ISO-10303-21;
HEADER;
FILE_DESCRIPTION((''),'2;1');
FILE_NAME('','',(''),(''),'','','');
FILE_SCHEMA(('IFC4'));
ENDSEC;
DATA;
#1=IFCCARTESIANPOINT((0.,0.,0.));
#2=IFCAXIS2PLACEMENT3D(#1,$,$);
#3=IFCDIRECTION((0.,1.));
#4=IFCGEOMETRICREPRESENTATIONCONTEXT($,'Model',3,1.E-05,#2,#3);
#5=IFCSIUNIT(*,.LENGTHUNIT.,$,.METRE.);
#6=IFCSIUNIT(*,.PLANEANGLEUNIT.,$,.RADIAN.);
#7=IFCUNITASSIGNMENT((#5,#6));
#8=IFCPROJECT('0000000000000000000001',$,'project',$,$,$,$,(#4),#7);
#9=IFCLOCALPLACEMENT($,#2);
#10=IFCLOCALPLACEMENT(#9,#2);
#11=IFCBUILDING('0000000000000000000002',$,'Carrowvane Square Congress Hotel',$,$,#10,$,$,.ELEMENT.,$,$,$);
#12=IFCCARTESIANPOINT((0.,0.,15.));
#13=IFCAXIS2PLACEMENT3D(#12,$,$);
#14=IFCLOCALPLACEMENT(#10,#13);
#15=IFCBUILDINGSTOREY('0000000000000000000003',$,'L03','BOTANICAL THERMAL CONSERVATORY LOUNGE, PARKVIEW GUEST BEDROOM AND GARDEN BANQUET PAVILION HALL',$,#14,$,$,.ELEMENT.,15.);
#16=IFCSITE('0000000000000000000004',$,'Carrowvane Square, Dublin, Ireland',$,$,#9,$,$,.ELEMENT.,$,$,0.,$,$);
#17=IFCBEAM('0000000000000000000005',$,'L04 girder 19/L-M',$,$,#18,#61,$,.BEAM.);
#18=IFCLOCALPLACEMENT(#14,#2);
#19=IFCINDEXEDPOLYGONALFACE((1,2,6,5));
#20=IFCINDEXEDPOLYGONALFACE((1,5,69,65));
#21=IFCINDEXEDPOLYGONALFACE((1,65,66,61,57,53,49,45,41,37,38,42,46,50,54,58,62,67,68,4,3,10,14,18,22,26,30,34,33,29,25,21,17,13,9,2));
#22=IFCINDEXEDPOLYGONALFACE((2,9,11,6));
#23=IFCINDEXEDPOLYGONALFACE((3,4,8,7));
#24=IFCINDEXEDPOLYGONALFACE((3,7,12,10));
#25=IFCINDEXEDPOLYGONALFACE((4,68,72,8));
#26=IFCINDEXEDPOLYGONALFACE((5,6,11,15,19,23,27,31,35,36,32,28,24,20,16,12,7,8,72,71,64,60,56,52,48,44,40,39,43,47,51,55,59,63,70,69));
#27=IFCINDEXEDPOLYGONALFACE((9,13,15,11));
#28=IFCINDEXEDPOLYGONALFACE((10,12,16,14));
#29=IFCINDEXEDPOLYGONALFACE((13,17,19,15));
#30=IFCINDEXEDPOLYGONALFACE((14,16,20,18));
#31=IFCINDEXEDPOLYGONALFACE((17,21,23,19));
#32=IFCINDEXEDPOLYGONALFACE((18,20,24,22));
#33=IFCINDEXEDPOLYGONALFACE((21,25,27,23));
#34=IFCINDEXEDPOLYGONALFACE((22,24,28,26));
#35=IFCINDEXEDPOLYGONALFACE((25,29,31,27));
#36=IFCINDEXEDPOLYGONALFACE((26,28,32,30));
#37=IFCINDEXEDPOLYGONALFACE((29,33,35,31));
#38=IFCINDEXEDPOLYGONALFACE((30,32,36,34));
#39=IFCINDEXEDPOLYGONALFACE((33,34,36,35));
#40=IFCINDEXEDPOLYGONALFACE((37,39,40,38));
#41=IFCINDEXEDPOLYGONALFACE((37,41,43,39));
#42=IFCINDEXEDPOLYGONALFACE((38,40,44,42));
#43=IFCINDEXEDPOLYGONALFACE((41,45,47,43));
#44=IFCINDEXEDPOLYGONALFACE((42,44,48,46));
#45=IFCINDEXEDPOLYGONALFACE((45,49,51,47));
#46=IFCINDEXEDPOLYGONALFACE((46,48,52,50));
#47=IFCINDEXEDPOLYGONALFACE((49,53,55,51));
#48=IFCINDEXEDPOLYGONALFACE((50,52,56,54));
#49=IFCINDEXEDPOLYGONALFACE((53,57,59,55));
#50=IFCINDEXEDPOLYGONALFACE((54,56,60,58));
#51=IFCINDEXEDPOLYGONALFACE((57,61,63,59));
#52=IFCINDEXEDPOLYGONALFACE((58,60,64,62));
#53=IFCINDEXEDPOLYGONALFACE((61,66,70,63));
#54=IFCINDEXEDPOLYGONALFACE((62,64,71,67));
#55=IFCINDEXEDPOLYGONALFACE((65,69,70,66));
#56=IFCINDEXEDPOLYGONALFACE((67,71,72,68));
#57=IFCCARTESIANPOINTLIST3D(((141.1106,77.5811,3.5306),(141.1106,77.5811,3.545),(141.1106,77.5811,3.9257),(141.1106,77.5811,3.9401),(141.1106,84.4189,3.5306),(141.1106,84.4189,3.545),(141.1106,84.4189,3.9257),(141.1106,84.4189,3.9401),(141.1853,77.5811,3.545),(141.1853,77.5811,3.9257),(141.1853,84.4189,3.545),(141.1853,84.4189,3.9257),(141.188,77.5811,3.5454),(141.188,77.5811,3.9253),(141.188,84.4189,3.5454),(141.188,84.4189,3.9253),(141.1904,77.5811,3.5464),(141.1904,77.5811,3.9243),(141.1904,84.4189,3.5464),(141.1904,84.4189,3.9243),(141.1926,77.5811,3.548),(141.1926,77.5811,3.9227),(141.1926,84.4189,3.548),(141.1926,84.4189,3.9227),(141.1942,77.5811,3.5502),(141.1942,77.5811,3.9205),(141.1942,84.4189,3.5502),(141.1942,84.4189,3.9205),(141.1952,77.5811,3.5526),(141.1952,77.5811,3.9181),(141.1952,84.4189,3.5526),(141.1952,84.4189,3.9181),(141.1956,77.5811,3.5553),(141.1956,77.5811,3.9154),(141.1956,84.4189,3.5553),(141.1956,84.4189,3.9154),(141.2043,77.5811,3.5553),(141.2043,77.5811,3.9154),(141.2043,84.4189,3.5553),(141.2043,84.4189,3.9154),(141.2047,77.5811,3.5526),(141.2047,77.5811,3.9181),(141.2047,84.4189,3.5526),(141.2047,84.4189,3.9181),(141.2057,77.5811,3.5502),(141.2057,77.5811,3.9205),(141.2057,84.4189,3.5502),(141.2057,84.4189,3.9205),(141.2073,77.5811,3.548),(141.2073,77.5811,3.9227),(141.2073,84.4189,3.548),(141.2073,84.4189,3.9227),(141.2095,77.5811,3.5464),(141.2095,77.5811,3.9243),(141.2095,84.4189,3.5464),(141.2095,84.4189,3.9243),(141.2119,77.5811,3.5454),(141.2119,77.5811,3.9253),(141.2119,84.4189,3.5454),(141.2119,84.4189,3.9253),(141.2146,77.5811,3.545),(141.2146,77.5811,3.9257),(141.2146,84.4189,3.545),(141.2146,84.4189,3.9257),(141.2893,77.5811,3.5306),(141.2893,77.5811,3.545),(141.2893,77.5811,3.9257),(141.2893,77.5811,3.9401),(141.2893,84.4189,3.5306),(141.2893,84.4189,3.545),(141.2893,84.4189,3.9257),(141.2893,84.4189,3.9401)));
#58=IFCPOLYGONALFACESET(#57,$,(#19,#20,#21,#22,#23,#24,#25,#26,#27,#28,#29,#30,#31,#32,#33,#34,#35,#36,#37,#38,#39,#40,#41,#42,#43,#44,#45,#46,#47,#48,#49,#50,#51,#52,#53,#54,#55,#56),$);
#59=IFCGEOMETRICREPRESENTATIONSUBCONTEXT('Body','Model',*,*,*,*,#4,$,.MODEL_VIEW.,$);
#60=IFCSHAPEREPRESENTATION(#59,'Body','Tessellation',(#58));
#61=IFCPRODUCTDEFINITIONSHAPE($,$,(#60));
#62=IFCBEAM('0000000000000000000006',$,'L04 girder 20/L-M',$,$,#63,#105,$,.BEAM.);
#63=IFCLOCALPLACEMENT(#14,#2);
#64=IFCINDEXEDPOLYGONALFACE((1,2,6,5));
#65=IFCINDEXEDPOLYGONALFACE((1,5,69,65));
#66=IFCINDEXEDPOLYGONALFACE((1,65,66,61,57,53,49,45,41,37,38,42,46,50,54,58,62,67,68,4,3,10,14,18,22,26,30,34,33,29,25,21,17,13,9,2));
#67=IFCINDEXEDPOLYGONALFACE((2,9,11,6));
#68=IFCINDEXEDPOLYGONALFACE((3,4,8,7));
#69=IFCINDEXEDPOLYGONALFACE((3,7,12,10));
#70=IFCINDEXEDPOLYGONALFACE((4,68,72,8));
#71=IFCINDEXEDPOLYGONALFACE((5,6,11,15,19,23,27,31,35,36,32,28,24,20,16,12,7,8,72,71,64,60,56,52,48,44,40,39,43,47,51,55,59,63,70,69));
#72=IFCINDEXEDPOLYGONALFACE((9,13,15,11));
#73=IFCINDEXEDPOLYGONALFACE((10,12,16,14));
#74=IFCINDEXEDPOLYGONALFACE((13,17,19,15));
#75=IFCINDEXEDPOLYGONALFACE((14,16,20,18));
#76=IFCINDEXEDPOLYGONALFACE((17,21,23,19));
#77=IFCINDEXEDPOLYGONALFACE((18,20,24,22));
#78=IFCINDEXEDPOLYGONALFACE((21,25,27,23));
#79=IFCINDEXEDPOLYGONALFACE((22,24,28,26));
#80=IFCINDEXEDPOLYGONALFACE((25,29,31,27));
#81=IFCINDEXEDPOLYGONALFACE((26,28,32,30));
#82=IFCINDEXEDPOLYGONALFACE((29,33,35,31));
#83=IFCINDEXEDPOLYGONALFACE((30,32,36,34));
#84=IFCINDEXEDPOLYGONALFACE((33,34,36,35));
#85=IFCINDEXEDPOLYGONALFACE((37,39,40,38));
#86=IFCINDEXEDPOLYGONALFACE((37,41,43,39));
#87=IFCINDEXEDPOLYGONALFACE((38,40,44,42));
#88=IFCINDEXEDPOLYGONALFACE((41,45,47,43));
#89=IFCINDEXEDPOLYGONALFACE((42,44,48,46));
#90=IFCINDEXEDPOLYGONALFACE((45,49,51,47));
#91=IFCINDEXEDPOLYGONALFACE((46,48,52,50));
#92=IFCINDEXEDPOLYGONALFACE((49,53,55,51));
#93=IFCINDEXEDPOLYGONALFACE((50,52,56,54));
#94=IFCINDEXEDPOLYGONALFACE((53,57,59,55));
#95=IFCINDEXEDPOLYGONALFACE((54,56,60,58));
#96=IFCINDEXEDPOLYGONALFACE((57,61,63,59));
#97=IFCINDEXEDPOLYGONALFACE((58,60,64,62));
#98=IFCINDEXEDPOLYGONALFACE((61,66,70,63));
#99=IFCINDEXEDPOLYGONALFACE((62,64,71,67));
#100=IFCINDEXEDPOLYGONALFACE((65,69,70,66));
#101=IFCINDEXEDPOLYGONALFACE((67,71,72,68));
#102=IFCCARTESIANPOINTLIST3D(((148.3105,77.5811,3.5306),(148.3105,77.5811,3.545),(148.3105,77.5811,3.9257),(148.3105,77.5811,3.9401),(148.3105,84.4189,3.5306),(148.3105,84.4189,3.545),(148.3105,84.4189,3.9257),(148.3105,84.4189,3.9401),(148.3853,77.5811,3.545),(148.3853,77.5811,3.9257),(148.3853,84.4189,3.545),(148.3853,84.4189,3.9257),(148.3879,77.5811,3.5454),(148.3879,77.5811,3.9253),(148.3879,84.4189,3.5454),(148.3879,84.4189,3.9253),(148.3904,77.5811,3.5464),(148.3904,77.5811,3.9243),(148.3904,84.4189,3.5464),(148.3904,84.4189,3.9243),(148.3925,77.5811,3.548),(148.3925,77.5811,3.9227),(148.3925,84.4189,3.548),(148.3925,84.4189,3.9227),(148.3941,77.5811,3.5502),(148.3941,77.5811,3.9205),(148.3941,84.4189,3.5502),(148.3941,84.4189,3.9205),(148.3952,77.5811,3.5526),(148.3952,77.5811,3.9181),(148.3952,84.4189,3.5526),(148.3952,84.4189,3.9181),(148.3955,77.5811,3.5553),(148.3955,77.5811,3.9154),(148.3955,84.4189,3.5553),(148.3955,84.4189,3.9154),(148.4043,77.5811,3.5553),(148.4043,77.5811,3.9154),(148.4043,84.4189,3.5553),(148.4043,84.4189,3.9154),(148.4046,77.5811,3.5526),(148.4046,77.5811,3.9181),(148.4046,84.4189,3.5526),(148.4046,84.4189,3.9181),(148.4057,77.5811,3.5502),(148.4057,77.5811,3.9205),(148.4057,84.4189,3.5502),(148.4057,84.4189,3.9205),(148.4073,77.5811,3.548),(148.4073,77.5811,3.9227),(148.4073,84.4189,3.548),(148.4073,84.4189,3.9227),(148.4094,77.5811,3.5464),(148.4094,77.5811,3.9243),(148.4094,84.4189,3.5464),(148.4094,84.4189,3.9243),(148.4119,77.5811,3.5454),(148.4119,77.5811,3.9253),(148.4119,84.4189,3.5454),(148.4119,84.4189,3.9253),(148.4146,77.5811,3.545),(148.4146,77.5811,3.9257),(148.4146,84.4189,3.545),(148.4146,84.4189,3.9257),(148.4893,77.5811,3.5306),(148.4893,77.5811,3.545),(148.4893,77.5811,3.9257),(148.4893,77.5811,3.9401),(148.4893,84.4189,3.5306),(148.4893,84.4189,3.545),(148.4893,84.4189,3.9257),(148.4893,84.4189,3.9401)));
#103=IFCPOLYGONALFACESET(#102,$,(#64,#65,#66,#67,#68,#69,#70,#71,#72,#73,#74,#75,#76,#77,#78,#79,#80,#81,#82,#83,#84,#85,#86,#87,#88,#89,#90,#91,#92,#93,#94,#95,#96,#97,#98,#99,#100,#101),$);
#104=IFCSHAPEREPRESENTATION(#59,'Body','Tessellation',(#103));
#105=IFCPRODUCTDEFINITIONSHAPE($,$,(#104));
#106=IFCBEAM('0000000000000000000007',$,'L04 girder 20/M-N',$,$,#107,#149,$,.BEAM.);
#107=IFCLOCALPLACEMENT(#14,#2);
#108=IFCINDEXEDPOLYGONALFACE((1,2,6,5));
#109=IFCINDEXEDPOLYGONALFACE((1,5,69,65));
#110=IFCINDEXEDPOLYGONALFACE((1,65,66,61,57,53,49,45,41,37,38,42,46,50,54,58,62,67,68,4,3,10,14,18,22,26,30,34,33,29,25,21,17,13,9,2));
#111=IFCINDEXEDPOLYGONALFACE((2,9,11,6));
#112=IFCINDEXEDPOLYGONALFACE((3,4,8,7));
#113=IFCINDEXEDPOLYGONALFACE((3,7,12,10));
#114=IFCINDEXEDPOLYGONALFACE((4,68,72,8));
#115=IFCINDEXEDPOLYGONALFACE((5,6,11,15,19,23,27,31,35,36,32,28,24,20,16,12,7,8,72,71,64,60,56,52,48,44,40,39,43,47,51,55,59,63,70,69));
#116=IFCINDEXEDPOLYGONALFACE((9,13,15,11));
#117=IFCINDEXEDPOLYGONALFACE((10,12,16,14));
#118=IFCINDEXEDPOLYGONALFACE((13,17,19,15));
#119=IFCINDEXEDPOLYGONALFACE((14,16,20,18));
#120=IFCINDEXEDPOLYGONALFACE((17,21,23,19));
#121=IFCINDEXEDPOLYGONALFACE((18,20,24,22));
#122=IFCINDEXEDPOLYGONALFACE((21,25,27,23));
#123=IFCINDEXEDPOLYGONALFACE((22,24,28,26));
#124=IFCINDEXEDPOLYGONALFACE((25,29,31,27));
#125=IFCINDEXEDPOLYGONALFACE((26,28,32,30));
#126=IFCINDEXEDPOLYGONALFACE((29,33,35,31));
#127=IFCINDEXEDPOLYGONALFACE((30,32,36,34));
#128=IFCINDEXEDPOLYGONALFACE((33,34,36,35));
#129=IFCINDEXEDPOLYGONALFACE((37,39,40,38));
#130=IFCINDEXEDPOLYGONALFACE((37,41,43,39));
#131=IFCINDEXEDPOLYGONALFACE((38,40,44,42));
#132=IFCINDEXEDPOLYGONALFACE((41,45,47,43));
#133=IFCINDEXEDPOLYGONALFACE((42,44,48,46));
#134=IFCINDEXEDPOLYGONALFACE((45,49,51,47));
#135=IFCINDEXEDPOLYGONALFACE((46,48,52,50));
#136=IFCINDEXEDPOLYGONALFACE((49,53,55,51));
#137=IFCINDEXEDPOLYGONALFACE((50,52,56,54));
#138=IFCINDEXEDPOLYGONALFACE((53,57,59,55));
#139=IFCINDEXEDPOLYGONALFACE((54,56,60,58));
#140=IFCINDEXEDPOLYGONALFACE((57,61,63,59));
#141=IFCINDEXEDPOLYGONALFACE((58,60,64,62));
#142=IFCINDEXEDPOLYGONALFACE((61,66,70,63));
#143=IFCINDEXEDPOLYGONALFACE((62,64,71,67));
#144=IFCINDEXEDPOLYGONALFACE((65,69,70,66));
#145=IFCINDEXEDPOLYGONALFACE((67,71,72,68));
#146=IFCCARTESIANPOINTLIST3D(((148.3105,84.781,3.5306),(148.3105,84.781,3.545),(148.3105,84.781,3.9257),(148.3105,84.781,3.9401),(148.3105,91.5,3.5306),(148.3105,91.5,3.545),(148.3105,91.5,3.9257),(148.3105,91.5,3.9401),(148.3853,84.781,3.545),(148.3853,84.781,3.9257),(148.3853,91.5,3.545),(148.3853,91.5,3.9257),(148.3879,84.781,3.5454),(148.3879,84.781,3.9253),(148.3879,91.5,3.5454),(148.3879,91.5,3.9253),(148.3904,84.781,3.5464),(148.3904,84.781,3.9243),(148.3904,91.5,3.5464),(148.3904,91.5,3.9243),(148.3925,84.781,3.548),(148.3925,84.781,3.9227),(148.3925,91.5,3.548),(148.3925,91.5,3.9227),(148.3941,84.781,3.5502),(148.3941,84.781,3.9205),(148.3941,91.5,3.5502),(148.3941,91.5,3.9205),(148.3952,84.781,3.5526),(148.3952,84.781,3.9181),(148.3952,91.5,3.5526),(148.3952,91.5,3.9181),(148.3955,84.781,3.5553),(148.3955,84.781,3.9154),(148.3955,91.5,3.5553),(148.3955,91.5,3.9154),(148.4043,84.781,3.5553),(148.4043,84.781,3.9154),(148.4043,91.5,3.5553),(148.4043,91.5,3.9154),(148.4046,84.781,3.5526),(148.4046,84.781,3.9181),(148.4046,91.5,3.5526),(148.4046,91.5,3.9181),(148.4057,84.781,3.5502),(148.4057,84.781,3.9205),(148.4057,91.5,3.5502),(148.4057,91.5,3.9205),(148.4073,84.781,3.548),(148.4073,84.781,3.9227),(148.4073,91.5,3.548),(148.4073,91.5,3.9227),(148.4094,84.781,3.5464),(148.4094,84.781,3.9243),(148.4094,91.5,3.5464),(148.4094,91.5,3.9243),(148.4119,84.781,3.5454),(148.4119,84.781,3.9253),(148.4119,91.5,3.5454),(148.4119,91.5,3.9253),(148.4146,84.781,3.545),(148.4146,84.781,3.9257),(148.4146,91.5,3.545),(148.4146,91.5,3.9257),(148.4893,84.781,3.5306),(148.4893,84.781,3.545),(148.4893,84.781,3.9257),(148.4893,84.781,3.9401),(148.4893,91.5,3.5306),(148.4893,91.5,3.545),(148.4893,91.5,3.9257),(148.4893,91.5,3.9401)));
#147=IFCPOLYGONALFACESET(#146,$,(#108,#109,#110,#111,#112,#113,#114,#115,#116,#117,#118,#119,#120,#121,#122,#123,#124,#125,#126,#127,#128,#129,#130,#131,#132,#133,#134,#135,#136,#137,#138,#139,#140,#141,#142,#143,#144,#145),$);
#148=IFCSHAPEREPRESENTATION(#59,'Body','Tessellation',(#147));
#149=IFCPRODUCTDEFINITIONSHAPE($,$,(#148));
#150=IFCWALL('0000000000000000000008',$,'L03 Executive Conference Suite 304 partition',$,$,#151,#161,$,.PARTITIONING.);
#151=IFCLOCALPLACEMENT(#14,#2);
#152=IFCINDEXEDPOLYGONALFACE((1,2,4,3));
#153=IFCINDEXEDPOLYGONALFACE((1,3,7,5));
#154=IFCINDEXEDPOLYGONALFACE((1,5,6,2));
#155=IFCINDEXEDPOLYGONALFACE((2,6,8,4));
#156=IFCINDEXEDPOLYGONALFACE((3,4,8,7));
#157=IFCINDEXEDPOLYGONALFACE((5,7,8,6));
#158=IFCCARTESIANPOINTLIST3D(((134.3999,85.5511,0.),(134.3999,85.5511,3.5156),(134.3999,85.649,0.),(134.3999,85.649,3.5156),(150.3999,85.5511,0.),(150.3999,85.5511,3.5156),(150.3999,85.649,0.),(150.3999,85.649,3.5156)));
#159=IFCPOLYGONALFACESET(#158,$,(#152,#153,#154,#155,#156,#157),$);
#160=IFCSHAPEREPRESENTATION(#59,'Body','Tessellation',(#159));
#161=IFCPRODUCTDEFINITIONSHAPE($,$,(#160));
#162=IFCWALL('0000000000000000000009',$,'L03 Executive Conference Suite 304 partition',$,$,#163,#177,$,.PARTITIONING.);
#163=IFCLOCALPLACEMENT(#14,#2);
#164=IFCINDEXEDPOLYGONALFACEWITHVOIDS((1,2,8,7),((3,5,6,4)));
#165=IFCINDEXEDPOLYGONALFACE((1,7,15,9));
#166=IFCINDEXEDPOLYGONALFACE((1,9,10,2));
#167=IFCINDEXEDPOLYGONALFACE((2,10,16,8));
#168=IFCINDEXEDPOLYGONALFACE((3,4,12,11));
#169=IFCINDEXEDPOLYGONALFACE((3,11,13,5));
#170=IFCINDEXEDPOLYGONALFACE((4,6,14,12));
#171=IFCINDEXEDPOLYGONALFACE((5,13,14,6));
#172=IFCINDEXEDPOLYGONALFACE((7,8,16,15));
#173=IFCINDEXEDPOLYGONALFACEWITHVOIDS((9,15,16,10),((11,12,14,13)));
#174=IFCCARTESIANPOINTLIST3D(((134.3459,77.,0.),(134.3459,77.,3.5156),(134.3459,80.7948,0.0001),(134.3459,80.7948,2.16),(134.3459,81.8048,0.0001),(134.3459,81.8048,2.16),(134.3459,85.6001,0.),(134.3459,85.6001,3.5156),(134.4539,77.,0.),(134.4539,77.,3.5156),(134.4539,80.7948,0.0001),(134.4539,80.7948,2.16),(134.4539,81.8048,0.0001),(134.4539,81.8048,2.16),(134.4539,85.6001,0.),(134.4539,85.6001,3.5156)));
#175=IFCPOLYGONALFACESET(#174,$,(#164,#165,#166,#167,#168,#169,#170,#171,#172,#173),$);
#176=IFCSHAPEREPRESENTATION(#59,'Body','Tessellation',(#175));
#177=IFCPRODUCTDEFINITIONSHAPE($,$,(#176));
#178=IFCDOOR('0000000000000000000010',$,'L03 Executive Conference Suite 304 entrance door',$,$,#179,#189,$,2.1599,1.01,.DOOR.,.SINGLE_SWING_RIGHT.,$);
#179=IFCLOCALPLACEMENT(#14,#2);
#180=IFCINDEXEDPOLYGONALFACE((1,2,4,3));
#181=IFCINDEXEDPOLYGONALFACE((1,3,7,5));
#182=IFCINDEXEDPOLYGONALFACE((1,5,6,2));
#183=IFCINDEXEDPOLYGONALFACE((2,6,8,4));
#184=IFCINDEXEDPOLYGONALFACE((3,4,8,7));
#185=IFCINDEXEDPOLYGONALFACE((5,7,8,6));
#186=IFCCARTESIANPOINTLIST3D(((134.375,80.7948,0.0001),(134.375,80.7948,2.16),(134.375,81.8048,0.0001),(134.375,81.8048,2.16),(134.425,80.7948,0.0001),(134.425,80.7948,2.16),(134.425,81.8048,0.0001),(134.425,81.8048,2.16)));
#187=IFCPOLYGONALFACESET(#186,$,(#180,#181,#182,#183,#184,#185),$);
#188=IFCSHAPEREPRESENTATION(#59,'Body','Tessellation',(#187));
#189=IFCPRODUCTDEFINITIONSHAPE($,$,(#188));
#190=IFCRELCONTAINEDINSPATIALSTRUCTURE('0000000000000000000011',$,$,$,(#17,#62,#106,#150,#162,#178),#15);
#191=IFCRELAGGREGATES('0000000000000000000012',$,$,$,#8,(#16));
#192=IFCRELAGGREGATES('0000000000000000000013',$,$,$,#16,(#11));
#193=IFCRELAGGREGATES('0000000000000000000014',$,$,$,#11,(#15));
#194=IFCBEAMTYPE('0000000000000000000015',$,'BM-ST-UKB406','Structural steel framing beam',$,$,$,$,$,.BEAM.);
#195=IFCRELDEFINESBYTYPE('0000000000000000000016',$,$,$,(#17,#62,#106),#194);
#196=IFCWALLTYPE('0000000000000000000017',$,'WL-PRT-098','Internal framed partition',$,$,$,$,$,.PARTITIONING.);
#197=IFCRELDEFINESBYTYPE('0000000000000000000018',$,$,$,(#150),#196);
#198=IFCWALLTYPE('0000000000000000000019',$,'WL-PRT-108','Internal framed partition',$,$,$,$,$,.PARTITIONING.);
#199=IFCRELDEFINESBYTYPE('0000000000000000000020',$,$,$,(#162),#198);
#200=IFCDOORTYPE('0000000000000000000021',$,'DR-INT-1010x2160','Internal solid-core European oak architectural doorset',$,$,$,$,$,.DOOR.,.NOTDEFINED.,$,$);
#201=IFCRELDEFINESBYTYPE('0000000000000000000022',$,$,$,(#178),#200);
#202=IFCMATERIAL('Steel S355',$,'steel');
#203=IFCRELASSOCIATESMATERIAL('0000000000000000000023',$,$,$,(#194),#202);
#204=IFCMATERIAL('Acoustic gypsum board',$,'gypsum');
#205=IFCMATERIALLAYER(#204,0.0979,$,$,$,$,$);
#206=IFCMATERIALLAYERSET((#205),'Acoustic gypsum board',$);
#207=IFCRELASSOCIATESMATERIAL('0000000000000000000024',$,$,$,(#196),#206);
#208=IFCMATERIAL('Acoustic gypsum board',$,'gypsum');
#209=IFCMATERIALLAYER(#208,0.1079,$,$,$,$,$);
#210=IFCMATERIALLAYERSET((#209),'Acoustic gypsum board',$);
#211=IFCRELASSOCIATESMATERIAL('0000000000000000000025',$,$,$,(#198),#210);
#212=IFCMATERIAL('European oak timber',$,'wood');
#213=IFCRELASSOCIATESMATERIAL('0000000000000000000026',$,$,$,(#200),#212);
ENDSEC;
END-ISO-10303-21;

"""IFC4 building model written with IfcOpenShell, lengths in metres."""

from ifc_helpers import new_model, si_unit, direction, frame, frame_2d, origin, origin_2d, place, context, subcontext, project, spatial, rectangle, i_section, extrude, material, layer, layer_set, material_profile, profile_set, type_object, element, fill, save


model = new_model("IFC4")

# Units and contexts
model_context = context("Model", 3, precision=1e-05, world=origin(), true_north=direction((0.0, 1.0)))
body_context = subcontext(model_context, "Body", "Model", "MODEL_VIEW")
ifc_project = project(units=[si_unit("LENGTHUNIT", "METRE"), si_unit("PLANEANGLEUNIT", "RADIAN")], contexts=[model_context])

# Site, building, storey
site_placement = place(None, origin())
site = spatial("IfcSite", under=ifc_project, at=site_placement, Name="Carrowvane Square, Dublin, Ireland", CompositionType="ELEMENT", RefElevation=0.0)
building_placement = place(site_placement, origin())
building = spatial("IfcBuilding", under=site, at=building_placement, Name="Carrowvane Square Congress Hotel", CompositionType="ELEMENT")
storey_placement = place(building_placement, frame((0.0, 0.0, 15.0)))
storey = spatial("IfcBuildingStorey", under=building, at=storey_placement, Name="L03", Description="BOTANICAL THERMAL CONSERVATORY LOUNGE, PARKVIEW GUEST BEDROOM AND GARDEN BANQUET PAVILION HALL", CompositionType="ELEMENT", Elevation=15.0)

# Beams
ifc_material_1 = material(Name="Steel S355", Category="steel")
ifc_material_profile_1 = material_profile(ifc_material_1, i_section(OverallWidth=0.1787, OverallDepth=0.4094, WebThickness=0.0088, FlangeThickness=0.0144, FilletRadius=0.0103, at=origin_2d()), Name="UKB 406x178x67")
ifc_profile_set_1 = profile_set([ifc_material_profile_1], Name="Steel S355")
beam_type_1 = type_object("IfcBeamType", Name="BM-ST-UKB406", Description="Structural steel framing beam", PredefinedType="BEAM", material=ifc_profile_set_1)
for number, where, z_axis, x_axis, name in (
    (1, (141.2, 77.5811, 3.7354), (0.0, 1.0, 0.0), (-1.0, 0.0, 0.0), "L04 girder 19/L-M"),
    (2, (148.3999, 77.5811, 3.7354), (0.0, 1.0, 0.0), (-1.0, 0.0, 0.0), "L04 girder 20/L-M"),
):
    element("IfcBeam", number, at=place(storey_placement, frame(where, z_axis=z_axis, x_axis=x_axis)), inside=storey, type_object=beam_type_1, Name=name, PredefinedType="BEAM", context=body_context, shape_type="SweptSolid", body=[
        extrude(i_section(OverallWidth=0.1787, OverallDepth=0.4094, WebThickness=0.0088, FlangeThickness=0.0144, FilletRadius=0.0103, at=origin_2d()), origin(), (0.0, 0.0, 1.0), 6.8379),
    ])
beam_1_placement = place(storey_placement, frame((148.3999, 84.781, 3.7354), z_axis=(0.0, 1.0, 0.0), x_axis=(-1.0, 0.0, 0.0)))
element("IfcBeam", 3, at=beam_1_placement, inside=storey, type_object=beam_type_1, Name="L04 girder 20/M-N", PredefinedType="BEAM", context=body_context, shape_type="SweptSolid", body=[
    extrude(i_section(OverallWidth=0.1787, OverallDepth=0.4094, WebThickness=0.0088, FlangeThickness=0.0144, FilletRadius=0.0103, at=origin_2d()), origin(), (0.0, 0.0, 1.0), 6.719),
])

# Wall
ifc_material_2 = material(Name="Acoustic gypsum board", Category="gypsum")
ifc_layer_1 = layer(ifc_material_2, 0.0979)
ifc_layer_set_1 = layer_set([ifc_layer_1], Name="Acoustic gypsum board")
wall_type_1 = type_object("IfcWallType", Name="WL-PRT-098", Description="Internal framed partition", PredefinedType="PARTITIONING", material=ifc_layer_set_1)
wall_1_placement = place(storey_placement, frame((134.3999, 85.6001, 0.0), z_axis=(0.0, 0.0, 1.0), x_axis=(1.0, 0.0, 0.0)))
element("IfcWall", 4, at=wall_1_placement, inside=storey, type_object=wall_type_1, Name="L03 Executive Conference Suite 304 partition", PredefinedType="PARTITIONING", context=body_context, shape_type="SweptSolid", body=[
    extrude(rectangle(XDim=16.0, YDim=0.0979, at=frame_2d((8.0, 0.0))), origin(), (0.0, 0.0, 1.0), 3.5156),
])

# Wall, opening, door
ifc_material_3 = material(Name="Acoustic gypsum board", Category="gypsum")
ifc_layer_2 = layer(ifc_material_3, 0.1079)
ifc_layer_set_2 = layer_set([ifc_layer_2], Name="Acoustic gypsum board")
wall_type_2 = type_object("IfcWallType", Name="WL-PRT-108", Description="Internal framed partition", PredefinedType="PARTITIONING", material=ifc_layer_set_2)
wall_2_placement = place(storey_placement, frame((134.3999, 77.0, 0.0), z_axis=(0.0, 0.0, 1.0), x_axis=(0.0, 1.0, 0.0)))
wall_2 = element("IfcWall", 5, at=wall_2_placement, inside=storey, type_object=wall_type_2, Name="L03 Executive Conference Suite 304 partition", PredefinedType="PARTITIONING", context=body_context, shape_type="SweptSolid", body=[
    extrude(rectangle(XDim=8.6001, YDim=0.1079, at=frame_2d((4.3, 0.0))), origin(), (0.0, 0.0, 1.0), 3.5156),
])
opening_1_placement = place(wall_2_placement, frame((3.7949, 0.0, 0.0)))
opening_1 = element("IfcOpeningElement", 6, at=opening_1_placement, cuts=wall_2, PredefinedType="OPENING", context=body_context, shape_type="SweptSolid", body=[
    extrude(rectangle(XDim=1.01, YDim=2.1599, at=frame_2d((0.5049, 1.0801))), frame((0.0, 0.064, 0.0), z_axis=(0.0, -1.0, 0.0), x_axis=(1.0, 0.0, 0.0)), (0.0, 0.0, 1.0), 0.1279),
])
ifc_material_4 = material(Name="European oak timber", Category="wood")
door_type_1 = type_object("IfcDoorType", Name="DR-INT-1010x2160", Description="Internal solid-core European oak architectural doorset", OperationType="NOTDEFINED", PredefinedType="DOOR", material=ifc_material_4)
door_1_placement = place(opening_1_placement, origin())
door_1 = element("IfcDoor", 7, at=door_1_placement, inside=storey, type_object=door_type_1, Name="L03 Executive Conference Suite 304 entrance door", OperationType="SINGLE_SWING_RIGHT", OverallHeight=2.1599, OverallWidth=1.01, PredefinedType="DOOR", context=body_context, shape_type="SweptSolid", body=[
    extrude(rectangle(XDim=1.01, YDim=2.1599, at=frame_2d((0.5049, 1.0801))), frame((0.0, 0.0249, 0.0), z_axis=(0.0, -1.0, 0.0), x_axis=(1.0, 0.0, 0.0)), (0.0, 0.0, 1.0), 0.05),
])
fill(opening_1, door_1)

save(model, "model.ifc")
